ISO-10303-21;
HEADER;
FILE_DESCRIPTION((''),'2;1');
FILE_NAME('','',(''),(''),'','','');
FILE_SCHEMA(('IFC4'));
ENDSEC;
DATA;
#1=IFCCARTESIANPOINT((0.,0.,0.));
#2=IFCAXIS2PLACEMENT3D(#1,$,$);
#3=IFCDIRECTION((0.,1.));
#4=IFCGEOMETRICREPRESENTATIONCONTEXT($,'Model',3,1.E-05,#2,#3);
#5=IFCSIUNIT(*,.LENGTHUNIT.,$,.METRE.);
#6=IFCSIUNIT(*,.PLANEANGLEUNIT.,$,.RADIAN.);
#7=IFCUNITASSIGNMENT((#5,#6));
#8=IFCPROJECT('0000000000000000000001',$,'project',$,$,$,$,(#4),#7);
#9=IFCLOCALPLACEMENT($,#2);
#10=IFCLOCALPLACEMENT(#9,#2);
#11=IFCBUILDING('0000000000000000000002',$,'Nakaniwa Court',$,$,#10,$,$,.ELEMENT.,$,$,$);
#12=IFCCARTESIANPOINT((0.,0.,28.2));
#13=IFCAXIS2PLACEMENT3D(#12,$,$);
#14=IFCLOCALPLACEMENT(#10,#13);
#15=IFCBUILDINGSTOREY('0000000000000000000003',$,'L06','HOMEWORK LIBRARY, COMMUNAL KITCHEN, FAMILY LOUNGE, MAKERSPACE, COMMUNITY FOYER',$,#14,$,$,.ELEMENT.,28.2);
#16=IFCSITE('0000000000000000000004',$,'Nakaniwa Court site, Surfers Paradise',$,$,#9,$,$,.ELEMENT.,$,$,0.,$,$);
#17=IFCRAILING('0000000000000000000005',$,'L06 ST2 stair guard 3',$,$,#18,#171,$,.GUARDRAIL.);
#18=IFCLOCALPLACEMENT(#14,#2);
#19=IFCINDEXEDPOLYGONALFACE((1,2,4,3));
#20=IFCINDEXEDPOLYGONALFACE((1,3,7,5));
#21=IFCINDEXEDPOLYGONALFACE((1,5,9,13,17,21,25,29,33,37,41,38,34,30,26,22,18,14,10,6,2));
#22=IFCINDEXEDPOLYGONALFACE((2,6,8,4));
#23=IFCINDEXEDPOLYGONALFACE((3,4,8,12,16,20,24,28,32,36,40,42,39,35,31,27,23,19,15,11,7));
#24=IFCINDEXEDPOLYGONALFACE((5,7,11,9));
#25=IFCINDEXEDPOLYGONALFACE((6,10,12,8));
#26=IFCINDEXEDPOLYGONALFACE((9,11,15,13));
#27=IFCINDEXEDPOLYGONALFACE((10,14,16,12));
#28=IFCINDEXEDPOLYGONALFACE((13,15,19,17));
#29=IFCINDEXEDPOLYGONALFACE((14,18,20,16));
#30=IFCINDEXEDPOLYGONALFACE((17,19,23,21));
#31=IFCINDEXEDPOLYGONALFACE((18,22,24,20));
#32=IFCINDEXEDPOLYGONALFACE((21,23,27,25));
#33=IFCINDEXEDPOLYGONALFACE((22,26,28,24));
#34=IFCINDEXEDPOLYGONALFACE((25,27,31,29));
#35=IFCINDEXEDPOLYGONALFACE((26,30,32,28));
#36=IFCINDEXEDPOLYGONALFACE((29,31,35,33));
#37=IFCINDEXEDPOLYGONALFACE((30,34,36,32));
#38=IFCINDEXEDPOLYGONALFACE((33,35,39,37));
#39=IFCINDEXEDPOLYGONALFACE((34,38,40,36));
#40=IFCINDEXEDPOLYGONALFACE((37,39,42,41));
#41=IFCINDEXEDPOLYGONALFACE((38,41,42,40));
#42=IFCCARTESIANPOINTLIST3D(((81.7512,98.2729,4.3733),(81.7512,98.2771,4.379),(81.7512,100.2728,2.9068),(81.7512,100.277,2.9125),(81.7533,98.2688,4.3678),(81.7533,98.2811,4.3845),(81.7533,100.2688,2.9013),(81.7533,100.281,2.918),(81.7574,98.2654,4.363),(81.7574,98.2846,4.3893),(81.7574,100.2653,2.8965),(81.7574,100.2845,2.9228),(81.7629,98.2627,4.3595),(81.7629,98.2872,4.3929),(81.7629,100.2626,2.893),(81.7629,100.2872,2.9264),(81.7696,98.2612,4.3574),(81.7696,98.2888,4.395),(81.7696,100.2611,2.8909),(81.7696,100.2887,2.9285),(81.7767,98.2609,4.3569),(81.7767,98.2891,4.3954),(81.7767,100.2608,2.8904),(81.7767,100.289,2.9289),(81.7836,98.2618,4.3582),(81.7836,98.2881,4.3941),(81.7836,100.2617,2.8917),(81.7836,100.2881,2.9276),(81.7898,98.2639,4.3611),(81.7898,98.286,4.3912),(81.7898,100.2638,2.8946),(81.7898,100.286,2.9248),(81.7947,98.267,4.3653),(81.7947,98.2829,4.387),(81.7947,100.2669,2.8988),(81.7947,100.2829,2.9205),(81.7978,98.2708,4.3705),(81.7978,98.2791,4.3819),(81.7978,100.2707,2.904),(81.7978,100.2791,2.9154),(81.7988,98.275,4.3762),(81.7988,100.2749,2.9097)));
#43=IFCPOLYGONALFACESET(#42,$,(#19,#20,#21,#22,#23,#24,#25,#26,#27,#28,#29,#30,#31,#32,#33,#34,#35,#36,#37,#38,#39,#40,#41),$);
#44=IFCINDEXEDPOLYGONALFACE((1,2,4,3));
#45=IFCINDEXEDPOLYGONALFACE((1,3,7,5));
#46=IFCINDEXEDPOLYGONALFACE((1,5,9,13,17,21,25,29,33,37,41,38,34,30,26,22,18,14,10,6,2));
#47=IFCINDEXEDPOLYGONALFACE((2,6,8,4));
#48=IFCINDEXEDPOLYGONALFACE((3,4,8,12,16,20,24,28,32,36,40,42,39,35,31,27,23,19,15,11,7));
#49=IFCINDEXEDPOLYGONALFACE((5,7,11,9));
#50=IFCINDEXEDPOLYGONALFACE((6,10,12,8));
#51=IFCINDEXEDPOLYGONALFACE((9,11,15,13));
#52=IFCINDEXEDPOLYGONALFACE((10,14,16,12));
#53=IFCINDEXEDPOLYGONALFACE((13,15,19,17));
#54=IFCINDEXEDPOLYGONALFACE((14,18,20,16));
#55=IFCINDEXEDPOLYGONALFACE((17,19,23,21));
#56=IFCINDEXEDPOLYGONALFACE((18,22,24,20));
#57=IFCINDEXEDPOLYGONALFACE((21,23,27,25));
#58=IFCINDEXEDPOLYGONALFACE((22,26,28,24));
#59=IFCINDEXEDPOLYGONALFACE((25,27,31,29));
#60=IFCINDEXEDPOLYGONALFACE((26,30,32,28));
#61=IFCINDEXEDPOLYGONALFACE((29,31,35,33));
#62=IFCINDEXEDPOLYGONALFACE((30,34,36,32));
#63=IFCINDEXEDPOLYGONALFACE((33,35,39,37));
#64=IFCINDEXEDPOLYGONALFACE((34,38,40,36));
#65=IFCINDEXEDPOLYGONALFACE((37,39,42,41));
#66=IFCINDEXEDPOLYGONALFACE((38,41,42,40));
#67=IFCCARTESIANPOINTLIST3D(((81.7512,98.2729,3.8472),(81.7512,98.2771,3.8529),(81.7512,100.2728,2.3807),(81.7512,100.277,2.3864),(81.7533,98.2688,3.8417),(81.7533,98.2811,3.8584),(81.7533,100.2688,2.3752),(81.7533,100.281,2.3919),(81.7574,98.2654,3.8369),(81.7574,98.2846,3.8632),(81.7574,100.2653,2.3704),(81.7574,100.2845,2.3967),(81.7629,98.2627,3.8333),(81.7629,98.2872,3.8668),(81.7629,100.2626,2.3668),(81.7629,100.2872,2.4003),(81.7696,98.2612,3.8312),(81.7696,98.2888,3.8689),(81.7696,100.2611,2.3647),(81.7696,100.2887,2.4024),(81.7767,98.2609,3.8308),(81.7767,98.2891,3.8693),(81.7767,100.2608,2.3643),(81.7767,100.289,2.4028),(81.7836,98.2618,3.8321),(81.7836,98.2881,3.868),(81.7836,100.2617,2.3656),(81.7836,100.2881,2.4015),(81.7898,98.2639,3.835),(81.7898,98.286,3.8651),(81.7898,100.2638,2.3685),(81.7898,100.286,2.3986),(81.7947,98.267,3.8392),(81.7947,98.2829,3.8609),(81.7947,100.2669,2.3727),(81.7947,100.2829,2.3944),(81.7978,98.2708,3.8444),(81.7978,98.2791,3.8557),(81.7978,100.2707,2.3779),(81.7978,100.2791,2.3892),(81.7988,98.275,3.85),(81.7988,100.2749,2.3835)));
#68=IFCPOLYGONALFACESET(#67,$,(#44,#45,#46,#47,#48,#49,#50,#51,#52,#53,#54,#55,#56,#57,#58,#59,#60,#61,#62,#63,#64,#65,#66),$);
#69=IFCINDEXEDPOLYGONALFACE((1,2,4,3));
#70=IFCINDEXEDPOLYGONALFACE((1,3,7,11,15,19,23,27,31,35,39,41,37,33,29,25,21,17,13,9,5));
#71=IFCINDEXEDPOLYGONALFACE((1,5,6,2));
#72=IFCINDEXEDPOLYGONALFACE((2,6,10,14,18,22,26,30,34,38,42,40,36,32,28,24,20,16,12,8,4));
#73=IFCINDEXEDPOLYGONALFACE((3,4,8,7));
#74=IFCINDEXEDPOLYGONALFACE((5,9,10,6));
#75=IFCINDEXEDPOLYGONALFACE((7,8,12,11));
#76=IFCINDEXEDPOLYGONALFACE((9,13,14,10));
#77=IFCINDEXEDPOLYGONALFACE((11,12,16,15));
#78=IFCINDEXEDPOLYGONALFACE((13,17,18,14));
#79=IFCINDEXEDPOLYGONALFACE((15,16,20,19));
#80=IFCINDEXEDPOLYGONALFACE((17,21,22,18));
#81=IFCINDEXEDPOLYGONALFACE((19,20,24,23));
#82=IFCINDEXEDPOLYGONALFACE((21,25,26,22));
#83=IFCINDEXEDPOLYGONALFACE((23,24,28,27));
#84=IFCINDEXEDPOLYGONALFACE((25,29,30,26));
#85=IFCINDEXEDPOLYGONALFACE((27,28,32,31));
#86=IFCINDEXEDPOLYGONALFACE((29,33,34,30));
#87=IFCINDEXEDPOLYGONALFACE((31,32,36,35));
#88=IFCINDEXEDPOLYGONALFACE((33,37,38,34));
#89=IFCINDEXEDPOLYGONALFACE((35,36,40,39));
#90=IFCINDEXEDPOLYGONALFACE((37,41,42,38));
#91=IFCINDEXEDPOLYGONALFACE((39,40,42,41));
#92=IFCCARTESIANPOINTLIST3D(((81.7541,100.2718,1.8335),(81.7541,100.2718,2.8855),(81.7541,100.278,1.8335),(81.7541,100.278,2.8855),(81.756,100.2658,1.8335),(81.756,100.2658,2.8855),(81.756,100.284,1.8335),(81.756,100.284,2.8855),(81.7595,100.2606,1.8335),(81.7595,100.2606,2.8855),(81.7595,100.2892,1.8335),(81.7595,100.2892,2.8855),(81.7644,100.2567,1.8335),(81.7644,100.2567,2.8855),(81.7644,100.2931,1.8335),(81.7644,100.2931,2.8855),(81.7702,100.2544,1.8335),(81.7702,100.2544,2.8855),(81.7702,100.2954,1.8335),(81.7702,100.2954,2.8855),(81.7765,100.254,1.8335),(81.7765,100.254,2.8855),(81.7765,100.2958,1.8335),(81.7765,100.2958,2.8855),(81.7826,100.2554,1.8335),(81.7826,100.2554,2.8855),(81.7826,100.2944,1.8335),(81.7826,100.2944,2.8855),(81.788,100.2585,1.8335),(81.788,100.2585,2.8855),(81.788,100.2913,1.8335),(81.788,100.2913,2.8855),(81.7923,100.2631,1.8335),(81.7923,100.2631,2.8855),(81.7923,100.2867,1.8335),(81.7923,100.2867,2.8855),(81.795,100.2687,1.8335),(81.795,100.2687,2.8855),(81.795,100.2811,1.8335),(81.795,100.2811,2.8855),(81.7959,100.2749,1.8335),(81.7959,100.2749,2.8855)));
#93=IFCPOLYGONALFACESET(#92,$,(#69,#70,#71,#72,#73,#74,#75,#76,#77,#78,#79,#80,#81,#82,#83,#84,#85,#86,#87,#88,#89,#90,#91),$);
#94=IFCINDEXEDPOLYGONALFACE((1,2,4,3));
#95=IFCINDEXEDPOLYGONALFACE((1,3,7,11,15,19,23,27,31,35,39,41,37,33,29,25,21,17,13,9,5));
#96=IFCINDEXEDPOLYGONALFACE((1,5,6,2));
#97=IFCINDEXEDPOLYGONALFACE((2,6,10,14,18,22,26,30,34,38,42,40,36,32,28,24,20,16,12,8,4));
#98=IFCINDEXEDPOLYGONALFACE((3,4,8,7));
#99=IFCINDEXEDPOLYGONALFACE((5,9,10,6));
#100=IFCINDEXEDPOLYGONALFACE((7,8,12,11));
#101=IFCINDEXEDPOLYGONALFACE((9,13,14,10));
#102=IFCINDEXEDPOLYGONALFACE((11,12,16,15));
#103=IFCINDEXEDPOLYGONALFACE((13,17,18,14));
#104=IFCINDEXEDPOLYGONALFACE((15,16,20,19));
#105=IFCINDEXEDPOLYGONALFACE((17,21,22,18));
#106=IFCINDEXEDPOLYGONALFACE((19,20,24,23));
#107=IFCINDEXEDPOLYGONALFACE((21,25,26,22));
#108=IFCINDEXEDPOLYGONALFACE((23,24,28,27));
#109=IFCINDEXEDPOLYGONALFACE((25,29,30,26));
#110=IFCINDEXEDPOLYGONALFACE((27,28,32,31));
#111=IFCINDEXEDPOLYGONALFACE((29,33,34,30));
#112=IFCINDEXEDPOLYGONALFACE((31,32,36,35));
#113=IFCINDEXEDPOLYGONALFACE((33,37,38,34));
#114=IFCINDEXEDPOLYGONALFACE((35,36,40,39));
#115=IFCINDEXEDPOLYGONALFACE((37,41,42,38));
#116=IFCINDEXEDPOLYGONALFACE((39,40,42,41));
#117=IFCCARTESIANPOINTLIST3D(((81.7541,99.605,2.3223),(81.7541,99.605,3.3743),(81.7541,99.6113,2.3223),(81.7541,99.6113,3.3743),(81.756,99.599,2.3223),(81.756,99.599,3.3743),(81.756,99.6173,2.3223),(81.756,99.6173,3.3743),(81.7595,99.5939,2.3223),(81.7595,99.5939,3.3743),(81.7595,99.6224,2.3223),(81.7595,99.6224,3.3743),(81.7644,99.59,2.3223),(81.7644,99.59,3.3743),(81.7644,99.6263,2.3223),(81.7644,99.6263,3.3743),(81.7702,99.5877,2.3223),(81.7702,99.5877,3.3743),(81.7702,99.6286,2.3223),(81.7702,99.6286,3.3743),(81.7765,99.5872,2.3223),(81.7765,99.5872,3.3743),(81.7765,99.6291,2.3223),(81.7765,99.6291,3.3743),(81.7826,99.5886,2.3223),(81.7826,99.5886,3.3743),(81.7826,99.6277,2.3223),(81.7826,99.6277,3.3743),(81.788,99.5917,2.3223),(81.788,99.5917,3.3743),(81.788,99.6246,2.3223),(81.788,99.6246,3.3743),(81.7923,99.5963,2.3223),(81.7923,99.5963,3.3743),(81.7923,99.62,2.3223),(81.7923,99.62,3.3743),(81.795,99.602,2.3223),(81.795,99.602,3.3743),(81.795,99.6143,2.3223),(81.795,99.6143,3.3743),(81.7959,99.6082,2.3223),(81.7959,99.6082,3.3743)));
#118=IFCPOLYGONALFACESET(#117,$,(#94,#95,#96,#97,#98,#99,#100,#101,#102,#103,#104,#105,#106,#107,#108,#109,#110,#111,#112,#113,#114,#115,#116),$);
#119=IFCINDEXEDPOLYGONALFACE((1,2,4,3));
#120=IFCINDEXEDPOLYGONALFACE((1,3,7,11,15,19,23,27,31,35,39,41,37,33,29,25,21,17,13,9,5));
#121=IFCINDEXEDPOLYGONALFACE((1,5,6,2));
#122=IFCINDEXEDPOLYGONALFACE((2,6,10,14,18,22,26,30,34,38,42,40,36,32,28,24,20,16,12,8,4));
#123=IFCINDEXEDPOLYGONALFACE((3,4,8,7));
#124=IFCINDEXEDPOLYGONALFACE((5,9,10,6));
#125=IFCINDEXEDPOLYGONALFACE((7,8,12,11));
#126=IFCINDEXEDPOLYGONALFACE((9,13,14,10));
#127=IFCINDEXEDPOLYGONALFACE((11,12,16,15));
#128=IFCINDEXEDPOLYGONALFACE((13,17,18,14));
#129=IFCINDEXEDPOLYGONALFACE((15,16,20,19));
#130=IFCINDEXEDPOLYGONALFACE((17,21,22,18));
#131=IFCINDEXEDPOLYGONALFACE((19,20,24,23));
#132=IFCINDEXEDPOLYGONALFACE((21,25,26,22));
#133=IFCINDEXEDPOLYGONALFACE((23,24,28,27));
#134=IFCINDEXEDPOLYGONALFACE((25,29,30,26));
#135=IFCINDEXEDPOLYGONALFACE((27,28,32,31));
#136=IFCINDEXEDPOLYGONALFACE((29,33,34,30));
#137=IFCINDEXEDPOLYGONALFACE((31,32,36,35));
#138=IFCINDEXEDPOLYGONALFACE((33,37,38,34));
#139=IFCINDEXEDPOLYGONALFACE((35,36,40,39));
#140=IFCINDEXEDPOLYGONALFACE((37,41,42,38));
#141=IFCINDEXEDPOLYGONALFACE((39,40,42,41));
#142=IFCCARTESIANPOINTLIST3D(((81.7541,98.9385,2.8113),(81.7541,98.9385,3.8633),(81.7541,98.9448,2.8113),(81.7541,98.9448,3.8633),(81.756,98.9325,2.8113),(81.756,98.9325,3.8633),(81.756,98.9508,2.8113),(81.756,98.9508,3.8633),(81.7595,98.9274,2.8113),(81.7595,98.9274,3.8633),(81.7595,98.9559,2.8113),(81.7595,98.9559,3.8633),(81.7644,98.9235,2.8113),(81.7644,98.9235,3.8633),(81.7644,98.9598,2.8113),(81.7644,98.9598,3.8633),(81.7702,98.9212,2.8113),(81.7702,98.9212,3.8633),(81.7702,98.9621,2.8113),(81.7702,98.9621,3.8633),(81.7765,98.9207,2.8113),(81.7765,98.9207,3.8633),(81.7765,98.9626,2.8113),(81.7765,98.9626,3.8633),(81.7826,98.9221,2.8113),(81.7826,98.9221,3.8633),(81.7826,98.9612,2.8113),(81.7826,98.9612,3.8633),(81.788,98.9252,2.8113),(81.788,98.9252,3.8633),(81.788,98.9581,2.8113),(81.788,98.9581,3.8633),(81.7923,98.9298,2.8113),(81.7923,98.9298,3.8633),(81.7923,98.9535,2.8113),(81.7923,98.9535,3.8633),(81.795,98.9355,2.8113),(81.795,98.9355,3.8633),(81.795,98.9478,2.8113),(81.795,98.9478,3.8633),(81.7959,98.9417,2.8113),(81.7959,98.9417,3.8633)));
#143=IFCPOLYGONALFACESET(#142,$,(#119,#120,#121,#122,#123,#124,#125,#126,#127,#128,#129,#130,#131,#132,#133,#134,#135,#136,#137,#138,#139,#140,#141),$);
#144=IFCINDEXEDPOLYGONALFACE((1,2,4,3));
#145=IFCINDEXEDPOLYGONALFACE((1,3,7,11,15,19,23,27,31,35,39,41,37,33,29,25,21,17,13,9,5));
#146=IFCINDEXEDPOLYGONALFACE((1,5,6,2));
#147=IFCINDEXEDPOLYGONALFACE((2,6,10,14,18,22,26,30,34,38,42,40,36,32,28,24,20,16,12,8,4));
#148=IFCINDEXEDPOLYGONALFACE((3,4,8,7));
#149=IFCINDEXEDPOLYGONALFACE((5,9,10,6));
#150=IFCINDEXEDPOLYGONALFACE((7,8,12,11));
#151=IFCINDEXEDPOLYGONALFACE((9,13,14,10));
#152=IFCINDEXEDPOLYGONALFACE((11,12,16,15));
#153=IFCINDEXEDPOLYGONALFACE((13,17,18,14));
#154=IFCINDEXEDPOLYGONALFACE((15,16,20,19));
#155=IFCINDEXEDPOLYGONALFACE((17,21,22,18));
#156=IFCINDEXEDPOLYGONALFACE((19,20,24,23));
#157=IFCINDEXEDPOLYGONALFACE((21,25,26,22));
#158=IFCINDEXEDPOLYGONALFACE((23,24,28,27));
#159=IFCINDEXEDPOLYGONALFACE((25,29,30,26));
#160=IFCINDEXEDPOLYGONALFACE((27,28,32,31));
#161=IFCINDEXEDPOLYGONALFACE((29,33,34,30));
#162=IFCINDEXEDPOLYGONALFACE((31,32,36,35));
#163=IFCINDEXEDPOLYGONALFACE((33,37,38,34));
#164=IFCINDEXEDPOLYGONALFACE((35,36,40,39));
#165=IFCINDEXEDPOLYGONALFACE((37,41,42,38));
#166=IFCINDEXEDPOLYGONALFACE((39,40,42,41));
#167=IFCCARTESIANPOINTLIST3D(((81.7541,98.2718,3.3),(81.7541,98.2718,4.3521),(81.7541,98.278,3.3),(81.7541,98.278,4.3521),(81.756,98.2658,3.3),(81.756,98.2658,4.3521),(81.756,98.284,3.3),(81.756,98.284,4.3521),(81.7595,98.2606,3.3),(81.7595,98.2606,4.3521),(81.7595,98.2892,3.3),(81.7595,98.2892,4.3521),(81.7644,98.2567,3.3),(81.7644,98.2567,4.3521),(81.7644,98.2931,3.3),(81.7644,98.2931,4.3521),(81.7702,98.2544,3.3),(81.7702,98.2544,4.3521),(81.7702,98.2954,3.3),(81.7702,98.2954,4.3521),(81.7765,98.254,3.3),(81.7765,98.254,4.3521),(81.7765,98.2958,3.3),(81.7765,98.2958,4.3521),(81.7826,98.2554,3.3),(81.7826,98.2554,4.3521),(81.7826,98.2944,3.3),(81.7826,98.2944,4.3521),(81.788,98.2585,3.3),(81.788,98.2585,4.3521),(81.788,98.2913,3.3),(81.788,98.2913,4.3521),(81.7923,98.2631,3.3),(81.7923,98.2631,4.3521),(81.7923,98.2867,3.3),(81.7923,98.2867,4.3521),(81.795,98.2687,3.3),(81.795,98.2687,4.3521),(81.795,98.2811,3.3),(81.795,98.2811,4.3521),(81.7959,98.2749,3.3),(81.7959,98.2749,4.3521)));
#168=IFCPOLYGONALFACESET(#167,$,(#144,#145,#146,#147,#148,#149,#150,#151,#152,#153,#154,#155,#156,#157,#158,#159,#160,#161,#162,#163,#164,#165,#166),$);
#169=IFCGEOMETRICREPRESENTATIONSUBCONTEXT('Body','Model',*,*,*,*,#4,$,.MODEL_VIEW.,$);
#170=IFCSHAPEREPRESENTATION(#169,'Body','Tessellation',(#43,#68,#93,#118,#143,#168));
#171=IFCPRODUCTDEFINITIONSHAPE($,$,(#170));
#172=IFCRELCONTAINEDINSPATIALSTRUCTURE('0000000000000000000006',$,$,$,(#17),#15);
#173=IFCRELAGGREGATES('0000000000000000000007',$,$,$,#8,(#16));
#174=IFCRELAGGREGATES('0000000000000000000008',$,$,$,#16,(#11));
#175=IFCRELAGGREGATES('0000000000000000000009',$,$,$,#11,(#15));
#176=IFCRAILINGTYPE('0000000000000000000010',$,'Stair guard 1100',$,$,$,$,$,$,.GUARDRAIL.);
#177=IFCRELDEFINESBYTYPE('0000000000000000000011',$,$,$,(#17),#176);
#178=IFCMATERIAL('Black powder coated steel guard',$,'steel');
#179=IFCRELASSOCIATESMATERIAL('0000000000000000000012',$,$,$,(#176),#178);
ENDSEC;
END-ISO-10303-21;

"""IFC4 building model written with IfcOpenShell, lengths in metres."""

from ifc_helpers import new_model, si_unit, direction, frame, origin, origin_2d, place, context, subcontext, project, spatial, circle, extrude, material, type_object, element, save


model = new_model("IFC4")

# Units and contexts
model_context = context("Model", 3, precision=1e-05, world=origin(), true_north=direction((0.0, 1.0)))
body_context = subcontext(model_context, "Body", "Model", "MODEL_VIEW")
ifc_project = project(units=[si_unit("LENGTHUNIT", "METRE"), si_unit("PLANEANGLEUNIT", "RADIAN")], contexts=[model_context])

# Site, building, storey
site_placement = place(None, origin())
site = spatial("IfcSite", under=ifc_project, at=site_placement, Name="Nakaniwa Court site, Surfers Paradise", CompositionType="ELEMENT", RefElevation=0.0)
building_placement = place(site_placement, origin())
building = spatial("IfcBuilding", under=site, at=building_placement, Name="Nakaniwa Court", CompositionType="ELEMENT")
storey_placement = place(building_placement, frame((0.0, 0.0, 28.2)))
storey = spatial("IfcBuildingStorey", under=building, at=storey_placement, Name="L06", Description="HOMEWORK LIBRARY, COMMUNAL KITCHEN, FAMILY LOUNGE, MAKERSPACE, COMMUNITY FOYER", CompositionType="ELEMENT", Elevation=28.2)

# Railing
ifc_material_1 = material(Name="Black powder coated steel guard", Category="steel")
railing_type_1 = type_object("IfcRailingType", Name="Stair guard 1100", PredefinedType="GUARDRAIL", material=ifc_material_1)
railing_1_placement = place(storey_placement, frame((81.7749, 100.2749, 1.8335)))
element("IfcRailing", 1, at=railing_1_placement, inside=storey, type_object=railing_type_1, Name="L06 ST2 stair guard 3", PredefinedType="GUARDRAIL", context=body_context, shape_type="SweptSolid", body=[
    extrude(circle(Radius=0.0239, at=origin_2d()), frame((0.0, 0.0, 1.0762), z_axis=(0.0, -0.806427, 0.591334), x_axis=(1.0, 0.0, 0.0)), (0.0, 0.0, 1.0), 2.48),
    extrude(circle(Radius=0.0239, at=origin_2d()), frame((0.0, 0.0, 0.55), z_axis=(0.0, -0.806427, 0.591334), x_axis=(1.0, 0.0, 0.0)), (0.0, 0.0, 1.0), 2.48),
    extrude(circle(Radius=0.021, at=origin_2d()), origin(), (0.0, 0.0, 1.0), 1.052),
    extrude(circle(Radius=0.021, at=origin_2d()), frame((0.0, -0.6667, 0.4888)), (0.0, 0.0, 1.0), 1.052),
    extrude(circle(Radius=0.021, at=origin_2d()), frame((0.0, -1.3333, 0.9778)), (0.0, 0.0, 1.0), 1.052),
    extrude(circle(Radius=0.021, at=origin_2d()), frame((0.0, -2.0, 1.4666)), (0.0, 0.0, 1.0), 1.052),
])

save(model, "model.ifc")
